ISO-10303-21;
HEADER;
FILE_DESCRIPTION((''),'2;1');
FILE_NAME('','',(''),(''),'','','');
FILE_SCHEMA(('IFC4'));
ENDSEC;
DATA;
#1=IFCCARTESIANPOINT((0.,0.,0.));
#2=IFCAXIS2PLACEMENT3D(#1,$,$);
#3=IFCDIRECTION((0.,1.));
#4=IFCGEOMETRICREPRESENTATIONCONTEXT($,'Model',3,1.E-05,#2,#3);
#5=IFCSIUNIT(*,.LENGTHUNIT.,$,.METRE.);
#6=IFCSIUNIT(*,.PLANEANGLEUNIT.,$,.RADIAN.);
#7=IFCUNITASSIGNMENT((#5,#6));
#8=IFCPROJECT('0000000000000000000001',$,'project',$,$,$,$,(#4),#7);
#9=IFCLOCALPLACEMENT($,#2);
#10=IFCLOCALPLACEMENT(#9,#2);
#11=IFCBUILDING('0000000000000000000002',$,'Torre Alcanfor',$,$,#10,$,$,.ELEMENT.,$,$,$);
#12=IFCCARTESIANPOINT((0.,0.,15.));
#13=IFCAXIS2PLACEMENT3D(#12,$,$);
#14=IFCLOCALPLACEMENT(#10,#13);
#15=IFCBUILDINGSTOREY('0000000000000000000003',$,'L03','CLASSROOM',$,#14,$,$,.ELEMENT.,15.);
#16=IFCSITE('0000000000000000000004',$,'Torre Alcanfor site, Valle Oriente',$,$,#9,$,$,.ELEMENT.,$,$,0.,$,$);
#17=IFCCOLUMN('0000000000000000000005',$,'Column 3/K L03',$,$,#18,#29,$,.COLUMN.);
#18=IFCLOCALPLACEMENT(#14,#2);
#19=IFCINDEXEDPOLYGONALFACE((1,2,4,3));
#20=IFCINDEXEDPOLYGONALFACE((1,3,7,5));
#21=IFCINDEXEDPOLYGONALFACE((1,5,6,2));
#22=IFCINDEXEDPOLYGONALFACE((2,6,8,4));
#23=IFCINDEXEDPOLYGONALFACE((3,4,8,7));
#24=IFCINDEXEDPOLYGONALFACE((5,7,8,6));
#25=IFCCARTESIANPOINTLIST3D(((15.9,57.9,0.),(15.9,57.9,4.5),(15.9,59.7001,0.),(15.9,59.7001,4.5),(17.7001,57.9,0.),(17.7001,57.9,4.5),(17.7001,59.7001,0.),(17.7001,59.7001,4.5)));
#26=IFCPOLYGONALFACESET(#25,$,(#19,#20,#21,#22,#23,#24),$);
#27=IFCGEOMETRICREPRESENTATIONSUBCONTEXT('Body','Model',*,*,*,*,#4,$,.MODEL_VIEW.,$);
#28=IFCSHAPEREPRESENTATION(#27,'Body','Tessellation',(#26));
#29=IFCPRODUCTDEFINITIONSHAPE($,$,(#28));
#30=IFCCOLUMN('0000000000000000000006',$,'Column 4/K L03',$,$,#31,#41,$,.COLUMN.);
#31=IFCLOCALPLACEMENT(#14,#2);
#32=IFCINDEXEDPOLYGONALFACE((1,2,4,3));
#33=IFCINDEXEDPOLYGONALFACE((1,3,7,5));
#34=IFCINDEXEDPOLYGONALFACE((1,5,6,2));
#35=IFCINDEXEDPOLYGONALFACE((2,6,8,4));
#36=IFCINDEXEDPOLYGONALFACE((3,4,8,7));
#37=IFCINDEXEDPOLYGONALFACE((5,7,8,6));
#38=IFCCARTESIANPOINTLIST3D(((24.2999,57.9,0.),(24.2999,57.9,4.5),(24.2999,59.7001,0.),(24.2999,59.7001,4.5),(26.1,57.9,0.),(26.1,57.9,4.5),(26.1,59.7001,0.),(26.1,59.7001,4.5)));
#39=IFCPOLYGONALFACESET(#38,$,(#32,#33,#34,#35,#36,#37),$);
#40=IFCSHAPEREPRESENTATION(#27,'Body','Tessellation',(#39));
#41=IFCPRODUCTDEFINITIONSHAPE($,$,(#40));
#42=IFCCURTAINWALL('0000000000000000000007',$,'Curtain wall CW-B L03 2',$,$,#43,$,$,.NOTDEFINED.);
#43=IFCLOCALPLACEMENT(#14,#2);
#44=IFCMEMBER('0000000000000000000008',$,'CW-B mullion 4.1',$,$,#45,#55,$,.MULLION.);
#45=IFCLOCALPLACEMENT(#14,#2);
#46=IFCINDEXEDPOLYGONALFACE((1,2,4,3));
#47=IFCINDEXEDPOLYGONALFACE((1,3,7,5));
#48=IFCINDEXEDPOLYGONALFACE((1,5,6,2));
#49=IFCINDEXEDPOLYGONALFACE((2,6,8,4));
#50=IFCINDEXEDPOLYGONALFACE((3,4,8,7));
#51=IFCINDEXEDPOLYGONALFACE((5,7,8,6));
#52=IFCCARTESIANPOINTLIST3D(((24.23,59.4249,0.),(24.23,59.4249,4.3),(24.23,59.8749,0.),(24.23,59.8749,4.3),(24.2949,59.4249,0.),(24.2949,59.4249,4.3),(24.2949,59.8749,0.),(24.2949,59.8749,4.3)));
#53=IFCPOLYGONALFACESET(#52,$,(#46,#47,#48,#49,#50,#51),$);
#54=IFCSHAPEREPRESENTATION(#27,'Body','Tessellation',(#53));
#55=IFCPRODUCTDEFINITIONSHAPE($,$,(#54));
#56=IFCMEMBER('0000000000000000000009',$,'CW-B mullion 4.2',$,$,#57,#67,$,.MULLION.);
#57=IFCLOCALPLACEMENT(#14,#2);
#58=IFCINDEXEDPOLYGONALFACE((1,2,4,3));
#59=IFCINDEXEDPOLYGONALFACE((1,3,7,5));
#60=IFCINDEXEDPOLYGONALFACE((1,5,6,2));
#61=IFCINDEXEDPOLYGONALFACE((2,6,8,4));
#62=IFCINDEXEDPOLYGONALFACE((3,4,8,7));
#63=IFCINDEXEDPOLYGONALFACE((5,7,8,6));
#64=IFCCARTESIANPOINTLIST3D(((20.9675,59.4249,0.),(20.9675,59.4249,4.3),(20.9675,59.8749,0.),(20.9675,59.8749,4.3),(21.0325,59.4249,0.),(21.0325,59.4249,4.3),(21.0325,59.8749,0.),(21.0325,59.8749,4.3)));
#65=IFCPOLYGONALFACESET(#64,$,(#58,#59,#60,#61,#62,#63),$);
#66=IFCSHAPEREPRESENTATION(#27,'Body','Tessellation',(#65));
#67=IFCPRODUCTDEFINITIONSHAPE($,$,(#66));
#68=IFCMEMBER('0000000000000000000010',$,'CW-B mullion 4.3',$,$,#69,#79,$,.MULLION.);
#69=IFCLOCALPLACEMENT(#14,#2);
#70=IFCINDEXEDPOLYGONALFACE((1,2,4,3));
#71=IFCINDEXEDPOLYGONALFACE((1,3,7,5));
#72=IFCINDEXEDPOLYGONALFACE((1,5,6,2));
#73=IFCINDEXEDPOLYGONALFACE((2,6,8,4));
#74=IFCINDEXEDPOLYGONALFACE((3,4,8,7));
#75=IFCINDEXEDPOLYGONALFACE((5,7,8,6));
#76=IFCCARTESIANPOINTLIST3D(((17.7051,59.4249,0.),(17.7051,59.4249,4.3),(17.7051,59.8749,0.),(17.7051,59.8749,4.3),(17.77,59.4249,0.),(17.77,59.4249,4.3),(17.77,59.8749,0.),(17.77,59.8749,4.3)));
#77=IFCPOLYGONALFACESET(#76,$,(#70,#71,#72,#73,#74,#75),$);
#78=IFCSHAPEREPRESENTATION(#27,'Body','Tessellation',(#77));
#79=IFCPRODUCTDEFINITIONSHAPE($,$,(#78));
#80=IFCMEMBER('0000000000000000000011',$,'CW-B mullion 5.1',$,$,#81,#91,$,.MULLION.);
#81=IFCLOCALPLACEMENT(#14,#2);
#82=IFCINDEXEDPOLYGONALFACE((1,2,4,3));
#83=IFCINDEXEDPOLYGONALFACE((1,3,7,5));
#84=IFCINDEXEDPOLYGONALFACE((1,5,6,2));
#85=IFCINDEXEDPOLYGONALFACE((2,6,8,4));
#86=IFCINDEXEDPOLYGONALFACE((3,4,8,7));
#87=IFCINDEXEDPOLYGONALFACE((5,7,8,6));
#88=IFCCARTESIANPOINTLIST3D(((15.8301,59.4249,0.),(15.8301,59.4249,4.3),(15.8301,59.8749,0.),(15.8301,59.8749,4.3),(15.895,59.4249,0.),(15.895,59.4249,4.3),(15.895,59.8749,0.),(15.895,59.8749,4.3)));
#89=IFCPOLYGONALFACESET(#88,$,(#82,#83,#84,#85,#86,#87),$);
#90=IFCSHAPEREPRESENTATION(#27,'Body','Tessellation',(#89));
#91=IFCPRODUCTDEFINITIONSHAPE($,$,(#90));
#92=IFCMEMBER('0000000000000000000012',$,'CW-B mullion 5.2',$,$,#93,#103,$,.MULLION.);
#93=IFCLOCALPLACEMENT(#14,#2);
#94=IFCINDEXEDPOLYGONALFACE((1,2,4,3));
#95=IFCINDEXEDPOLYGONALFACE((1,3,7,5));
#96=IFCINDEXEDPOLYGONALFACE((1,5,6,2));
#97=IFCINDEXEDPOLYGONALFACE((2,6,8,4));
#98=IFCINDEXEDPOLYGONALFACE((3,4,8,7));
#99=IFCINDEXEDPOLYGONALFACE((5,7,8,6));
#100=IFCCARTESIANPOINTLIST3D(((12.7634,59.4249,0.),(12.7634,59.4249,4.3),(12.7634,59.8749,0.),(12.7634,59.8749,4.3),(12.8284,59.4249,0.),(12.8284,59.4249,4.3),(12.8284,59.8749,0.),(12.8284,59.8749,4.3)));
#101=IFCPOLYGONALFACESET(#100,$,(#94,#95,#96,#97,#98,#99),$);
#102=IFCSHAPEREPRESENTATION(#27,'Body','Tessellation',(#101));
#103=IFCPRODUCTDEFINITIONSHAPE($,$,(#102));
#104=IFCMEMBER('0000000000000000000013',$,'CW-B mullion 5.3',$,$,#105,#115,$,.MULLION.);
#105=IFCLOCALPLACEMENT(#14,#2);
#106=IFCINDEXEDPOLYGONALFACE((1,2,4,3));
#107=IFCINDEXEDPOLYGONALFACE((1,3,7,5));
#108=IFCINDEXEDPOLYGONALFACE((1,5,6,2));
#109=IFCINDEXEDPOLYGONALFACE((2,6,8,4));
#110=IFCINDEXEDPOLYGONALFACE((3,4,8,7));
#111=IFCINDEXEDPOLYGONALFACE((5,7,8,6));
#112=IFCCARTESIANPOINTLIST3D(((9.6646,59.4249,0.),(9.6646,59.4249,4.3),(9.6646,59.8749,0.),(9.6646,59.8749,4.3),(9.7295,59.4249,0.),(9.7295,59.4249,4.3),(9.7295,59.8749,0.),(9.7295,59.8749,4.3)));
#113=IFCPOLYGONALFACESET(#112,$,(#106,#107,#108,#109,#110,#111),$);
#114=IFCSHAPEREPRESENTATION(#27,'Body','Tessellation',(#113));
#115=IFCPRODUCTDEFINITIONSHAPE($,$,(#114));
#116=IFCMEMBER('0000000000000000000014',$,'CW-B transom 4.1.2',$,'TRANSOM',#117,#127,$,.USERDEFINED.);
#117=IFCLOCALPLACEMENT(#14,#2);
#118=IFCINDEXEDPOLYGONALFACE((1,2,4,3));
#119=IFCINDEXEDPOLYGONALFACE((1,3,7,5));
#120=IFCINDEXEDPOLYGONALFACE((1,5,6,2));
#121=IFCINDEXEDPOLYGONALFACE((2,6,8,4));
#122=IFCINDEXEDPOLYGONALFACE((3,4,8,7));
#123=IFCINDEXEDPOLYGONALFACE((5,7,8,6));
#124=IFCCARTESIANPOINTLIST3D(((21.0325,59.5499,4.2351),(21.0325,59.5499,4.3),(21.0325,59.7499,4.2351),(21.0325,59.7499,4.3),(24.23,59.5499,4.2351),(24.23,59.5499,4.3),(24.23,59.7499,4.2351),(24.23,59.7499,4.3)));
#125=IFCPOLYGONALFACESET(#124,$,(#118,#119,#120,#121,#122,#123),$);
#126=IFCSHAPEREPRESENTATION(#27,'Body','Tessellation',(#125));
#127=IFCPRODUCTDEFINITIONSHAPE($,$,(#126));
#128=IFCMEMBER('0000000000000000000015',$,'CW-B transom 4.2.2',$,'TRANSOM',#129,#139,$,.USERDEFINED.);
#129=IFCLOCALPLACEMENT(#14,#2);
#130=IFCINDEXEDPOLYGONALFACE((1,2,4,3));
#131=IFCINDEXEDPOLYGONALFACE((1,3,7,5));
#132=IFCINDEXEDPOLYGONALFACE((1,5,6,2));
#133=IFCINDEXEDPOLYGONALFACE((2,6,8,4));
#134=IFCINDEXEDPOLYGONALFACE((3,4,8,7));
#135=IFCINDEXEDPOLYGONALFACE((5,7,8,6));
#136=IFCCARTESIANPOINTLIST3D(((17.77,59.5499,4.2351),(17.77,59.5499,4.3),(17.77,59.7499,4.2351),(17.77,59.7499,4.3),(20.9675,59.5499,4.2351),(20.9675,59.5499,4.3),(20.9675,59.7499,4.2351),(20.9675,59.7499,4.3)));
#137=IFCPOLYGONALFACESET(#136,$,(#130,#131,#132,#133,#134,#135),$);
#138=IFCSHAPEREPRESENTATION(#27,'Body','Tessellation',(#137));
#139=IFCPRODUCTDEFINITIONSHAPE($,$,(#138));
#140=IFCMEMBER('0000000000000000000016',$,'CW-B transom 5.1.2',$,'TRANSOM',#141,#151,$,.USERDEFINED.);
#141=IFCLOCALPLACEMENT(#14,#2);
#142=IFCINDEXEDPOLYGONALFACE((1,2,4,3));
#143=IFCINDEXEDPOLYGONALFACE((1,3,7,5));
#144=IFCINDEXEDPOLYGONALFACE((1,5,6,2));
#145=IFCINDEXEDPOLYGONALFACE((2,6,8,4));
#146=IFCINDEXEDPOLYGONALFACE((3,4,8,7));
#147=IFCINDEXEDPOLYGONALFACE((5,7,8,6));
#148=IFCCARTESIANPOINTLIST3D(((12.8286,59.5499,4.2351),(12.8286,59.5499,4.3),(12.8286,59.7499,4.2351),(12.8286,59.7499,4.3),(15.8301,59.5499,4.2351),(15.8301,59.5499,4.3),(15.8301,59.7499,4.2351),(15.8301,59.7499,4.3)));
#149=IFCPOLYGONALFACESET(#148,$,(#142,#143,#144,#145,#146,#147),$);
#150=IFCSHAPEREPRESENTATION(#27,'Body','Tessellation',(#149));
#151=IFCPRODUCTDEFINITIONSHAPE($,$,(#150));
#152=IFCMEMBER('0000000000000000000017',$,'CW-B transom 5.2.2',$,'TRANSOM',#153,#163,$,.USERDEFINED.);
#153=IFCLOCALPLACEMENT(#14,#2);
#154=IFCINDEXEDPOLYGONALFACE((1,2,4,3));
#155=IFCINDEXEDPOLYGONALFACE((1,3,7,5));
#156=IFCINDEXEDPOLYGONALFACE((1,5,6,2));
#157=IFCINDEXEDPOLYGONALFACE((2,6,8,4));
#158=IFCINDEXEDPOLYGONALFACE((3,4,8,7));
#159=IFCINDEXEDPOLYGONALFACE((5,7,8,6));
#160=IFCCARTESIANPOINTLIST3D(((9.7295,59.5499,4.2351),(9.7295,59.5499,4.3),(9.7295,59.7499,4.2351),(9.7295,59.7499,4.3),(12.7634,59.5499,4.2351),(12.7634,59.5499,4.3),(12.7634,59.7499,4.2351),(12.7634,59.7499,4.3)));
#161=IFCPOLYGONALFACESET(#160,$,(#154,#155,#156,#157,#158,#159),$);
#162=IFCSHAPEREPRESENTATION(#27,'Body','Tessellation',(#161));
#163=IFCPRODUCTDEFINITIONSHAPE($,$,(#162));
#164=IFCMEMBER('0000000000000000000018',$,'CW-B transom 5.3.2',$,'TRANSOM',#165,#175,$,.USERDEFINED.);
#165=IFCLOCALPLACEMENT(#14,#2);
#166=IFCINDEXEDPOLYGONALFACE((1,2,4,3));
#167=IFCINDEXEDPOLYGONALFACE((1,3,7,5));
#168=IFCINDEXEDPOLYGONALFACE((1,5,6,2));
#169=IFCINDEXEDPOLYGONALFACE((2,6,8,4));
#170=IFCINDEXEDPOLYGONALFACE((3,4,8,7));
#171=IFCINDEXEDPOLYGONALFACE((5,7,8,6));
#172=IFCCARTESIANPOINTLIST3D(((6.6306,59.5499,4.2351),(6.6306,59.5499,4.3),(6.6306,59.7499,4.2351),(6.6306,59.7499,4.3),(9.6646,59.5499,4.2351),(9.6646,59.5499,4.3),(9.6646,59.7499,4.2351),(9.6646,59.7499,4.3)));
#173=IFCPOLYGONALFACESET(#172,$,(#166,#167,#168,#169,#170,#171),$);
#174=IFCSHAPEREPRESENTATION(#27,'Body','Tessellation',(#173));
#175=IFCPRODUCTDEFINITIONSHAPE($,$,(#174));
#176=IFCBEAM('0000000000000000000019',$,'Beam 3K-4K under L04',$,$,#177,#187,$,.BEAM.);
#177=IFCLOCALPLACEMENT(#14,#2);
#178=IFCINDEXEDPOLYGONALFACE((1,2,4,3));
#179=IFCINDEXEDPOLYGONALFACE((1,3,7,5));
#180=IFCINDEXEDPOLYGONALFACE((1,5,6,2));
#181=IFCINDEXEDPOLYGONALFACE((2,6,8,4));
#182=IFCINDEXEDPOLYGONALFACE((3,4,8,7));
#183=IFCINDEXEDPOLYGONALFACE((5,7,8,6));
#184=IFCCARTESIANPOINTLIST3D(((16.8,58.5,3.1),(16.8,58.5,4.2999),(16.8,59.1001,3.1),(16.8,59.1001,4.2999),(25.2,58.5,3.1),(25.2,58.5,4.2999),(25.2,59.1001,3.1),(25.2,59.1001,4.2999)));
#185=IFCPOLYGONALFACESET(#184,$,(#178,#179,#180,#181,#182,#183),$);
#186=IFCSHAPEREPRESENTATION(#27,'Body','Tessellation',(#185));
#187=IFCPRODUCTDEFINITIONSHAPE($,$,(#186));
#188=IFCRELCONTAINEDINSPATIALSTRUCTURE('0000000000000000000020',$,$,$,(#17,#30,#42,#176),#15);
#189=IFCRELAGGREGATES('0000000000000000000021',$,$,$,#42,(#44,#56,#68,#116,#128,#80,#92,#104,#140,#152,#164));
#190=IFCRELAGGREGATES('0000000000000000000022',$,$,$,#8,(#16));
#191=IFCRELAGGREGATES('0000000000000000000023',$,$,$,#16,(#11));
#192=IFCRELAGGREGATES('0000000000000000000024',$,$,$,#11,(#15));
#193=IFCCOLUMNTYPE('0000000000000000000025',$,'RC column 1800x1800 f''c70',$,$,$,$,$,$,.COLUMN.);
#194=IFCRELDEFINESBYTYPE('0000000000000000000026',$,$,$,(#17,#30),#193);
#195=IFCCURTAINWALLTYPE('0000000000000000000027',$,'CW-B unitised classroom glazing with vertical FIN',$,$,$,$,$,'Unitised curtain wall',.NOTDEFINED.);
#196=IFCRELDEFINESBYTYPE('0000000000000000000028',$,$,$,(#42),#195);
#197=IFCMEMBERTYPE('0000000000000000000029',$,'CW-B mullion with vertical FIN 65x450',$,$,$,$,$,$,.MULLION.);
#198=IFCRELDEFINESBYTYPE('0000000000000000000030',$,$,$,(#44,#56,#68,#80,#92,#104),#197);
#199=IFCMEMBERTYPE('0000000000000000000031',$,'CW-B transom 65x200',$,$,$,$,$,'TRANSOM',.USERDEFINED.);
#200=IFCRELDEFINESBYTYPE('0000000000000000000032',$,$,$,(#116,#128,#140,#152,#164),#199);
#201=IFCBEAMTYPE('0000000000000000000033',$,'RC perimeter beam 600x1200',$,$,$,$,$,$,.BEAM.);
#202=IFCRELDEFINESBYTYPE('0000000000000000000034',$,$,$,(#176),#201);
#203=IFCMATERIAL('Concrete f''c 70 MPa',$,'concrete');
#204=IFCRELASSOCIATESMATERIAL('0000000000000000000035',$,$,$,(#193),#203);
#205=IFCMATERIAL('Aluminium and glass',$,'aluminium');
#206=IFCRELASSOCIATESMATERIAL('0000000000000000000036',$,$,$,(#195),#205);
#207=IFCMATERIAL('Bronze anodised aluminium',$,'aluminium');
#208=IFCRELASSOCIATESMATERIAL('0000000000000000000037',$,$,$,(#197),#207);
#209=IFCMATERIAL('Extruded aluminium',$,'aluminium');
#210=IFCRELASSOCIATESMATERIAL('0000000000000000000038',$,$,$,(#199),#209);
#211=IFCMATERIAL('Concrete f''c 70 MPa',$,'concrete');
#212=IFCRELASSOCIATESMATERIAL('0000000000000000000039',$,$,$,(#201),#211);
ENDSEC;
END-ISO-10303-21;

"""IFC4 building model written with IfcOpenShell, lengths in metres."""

from ifc_helpers import new_model, si_unit, direction, frame, origin, origin_2d, place, context, subcontext, project, spatial, rectangle, extrude, material, material_profile, profile_set, type_object, element, aggregate, save


model = new_model("IFC4")

# Units and contexts
model_context = context("Model", 3, precision=1e-05, world=origin(), true_north=direction((0.0, 1.0)))
body_context = subcontext(model_context, "Body", "Model", "MODEL_VIEW")
ifc_project = project(units=[si_unit("LENGTHUNIT", "METRE"), si_unit("PLANEANGLEUNIT", "RADIAN")], contexts=[model_context])

# Site, building, storey
site_placement = place(None, origin())
site = spatial("IfcSite", under=ifc_project, at=site_placement, Name="Torre Alcanfor site, Valle Oriente", CompositionType="ELEMENT", RefElevation=0.0)
building_placement = place(site_placement, origin())
building = spatial("IfcBuilding", under=site, at=building_placement, Name="Torre Alcanfor", CompositionType="ELEMENT")
storey_placement = place(building_placement, frame((0.0, 0.0, 15.0)))
storey = spatial("IfcBuildingStorey", under=building, at=storey_placement, Name="L03", Description="CLASSROOM", CompositionType="ELEMENT", Elevation=15.0)

# Columns
ifc_material_1 = material(Name="Concrete f'c 70 MPa", Category="concrete")
ifc_material_profile_1 = material_profile(ifc_material_1, rectangle(XDim=1.8, YDim=1.8, at=origin_2d()), Name="1800x1800")
ifc_profile_set_1 = profile_set([ifc_material_profile_1], Name="Concrete f'c 70 MPa")
column_type = type_object("IfcColumnType", Name="RC column 1800x1800 f'c70", PredefinedType="COLUMN", material=ifc_profile_set_1)
for number, where, z_axis, x_axis, name in (
    (1, (16.8, 58.8, 0.0), (0.0, 0.0, 1.0), (1.0, 0.0, 0.0), "Column 3/K L03"),
    (2, (25.2, 58.8, 0.0), (0.0, 0.0, 1.0), (1.0, 0.0, 0.0), "Column 4/K L03"),
):
    element("IfcColumn", number, at=place(storey_placement, frame(where, z_axis=z_axis, x_axis=x_axis)), inside=storey, type_object=column_type, Name=name, PredefinedType="COLUMN", context=body_context, shape_type="SweptSolid", body=[
        extrude(rectangle(XDim=1.8, YDim=1.8, at=origin_2d()), origin(), (0.0, 0.0, 1.0), 4.5),
    ])

# Curtain wall, members
ifc_material_2 = material(Name="Aluminium and glass", Category="aluminium")
curtain_wall_type = type_object("IfcCurtainWallType", Name="CW-B unitised classroom glazing with vertical FIN", ElementType="Unitised curtain wall", PredefinedType="NOTDEFINED", material=ifc_material_2)
curtain_wall_placement = place(storey_placement, origin())
curtain_wall = element("IfcCurtainWall", 3, at=curtain_wall_placement, inside=storey, type_object=curtain_wall_type, Name="Curtain wall CW-B L03 2", PredefinedType="NOTDEFINED")
ifc_material_3 = material(Name="Bronze anodised aluminium", Category="aluminium")
ifc_material_profile_2 = material_profile(ifc_material_3, rectangle(XDim=0.45, YDim=0.0649, at=origin_2d()), Name="CW-B mullion 65x450")
ifc_profile_set_2 = profile_set([ifc_material_profile_2], Name="Bronze anodised aluminium")
member_type_1 = type_object("IfcMemberType", Name="CW-B mullion with vertical FIN 65x450", PredefinedType="MULLION", material=ifc_profile_set_2)
member_1_placement = place(storey_placement, frame((24.2625, 59.6499, 0.0), z_axis=(0.0, 0.0, 1.0), x_axis=(0.0, -1.0, 0.0)))
member_1 = element("IfcMember", 4, at=member_1_placement, type_object=member_type_1, Name="CW-B mullion 4.1", PredefinedType="MULLION", context=body_context, shape_type="SweptSolid", body=[
    extrude(rectangle(XDim=0.45, YDim=0.0649, at=origin_2d()), origin(), (0.0, 0.0, 1.0), 4.3),
])
member_2_placement = place(storey_placement, frame((21.0, 59.6499, 0.0), z_axis=(0.0, 0.0, 1.0), x_axis=(0.0, -1.0, 0.0)))
member_2 = element("IfcMember", 5, at=member_2_placement, type_object=member_type_1, Name="CW-B mullion 4.2", PredefinedType="MULLION", context=body_context, shape_type="SweptSolid", body=[
    extrude(rectangle(XDim=0.45, YDim=0.0649, at=origin_2d()), origin(), (0.0, 0.0, 1.0), 4.3),
])
member_3_placement = place(storey_placement, frame((17.7375, 59.6499, 0.0), z_axis=(0.0, 0.0, 1.0), x_axis=(0.0, -1.0, 0.0)))
member_3 = element("IfcMember", 6, at=member_3_placement, type_object=member_type_1, Name="CW-B mullion 4.3", PredefinedType="MULLION", context=body_context, shape_type="SweptSolid", body=[
    extrude(rectangle(XDim=0.45, YDim=0.0649, at=origin_2d()), origin(), (0.0, 0.0, 1.0), 4.3),
])
member_4_placement = place(storey_placement, frame((15.8625, 59.6499, 0.0), z_axis=(0.0, 0.0, 1.0), x_axis=(0.0, -1.0, 0.0)))
member_4 = element("IfcMember", 7, at=member_4_placement, type_object=member_type_1, Name="CW-B mullion 5.1", PredefinedType="MULLION", context=body_context, shape_type="SweptSolid", body=[
    extrude(rectangle(XDim=0.45, YDim=0.0649, at=origin_2d()), origin(), (0.0, 0.0, 1.0), 4.3),
])
member_5_placement = place(storey_placement, frame((12.7959, 59.6499, 0.0), z_axis=(0.0, 0.0, 1.0), x_axis=(0.0, -1.0, 0.0)))
member_5 = element("IfcMember", 8, at=member_5_placement, type_object=member_type_1, Name="CW-B mullion 5.2", PredefinedType="MULLION", context=body_context, shape_type="SweptSolid", body=[
    extrude(rectangle(XDim=0.45, YDim=0.0649, at=origin_2d()), origin(), (0.0, 0.0, 1.0), 4.3),
])
member_6_placement = place(storey_placement, frame((9.697, 59.6499, 0.0), z_axis=(0.0, 0.0, 1.0), x_axis=(0.0, -1.0, 0.0)))
member_6 = element("IfcMember", 9, at=member_6_placement, type_object=member_type_1, Name="CW-B mullion 5.3", PredefinedType="MULLION", context=body_context, shape_type="SweptSolid", body=[
    extrude(rectangle(XDim=0.45, YDim=0.0649, at=origin_2d()), origin(), (0.0, 0.0, 1.0), 4.3),
])
ifc_material_4 = material(Name="Extruded aluminium", Category="aluminium")
ifc_material_profile_3 = material_profile(ifc_material_4, rectangle(XDim=0.2, YDim=0.0649, at=origin_2d()), Name="CW-B transom 200x65")
ifc_profile_set_3 = profile_set([ifc_material_profile_3], Name="Extruded aluminium")
member_type_2 = type_object("IfcMemberType", Name="CW-B transom 65x200", ElementType="TRANSOM", PredefinedType="USERDEFINED", material=ifc_profile_set_3)
member_7_placement = place(storey_placement, frame((24.23, 59.6499, 4.2676), z_axis=(-1.0, 0.0, 0.0), x_axis=(0.0, -1.0, 0.0)))
member_7 = element("IfcMember", 10, at=member_7_placement, type_object=member_type_2, Name="CW-B transom 4.1.2", ObjectType="TRANSOM", PredefinedType="USERDEFINED", context=body_context, shape_type="SweptSolid", body=[
    extrude(rectangle(XDim=0.2, YDim=0.0649, at=origin_2d()), origin(), (0.0, 0.0, 1.0), 3.1975),
])
member_8_placement = place(storey_placement, frame((20.9675, 59.6499, 4.2676), z_axis=(-1.0, 0.0, 0.0), x_axis=(0.0, -1.0, 0.0)))
member_8 = element("IfcMember", 11, at=member_8_placement, type_object=member_type_2, Name="CW-B transom 4.2.2", ObjectType="TRANSOM", PredefinedType="USERDEFINED", context=body_context, shape_type="SweptSolid", body=[
    extrude(rectangle(XDim=0.2, YDim=0.0649, at=origin_2d()), origin(), (0.0, 0.0, 1.0), 3.1975),
])
member_9_placement = place(storey_placement, frame((15.8301, 59.6499, 4.2676), z_axis=(-1.0, 0.0, 0.0), x_axis=(0.0, -1.0, 0.0)))
member_9 = element("IfcMember", 12, at=member_9_placement, type_object=member_type_2, Name="CW-B transom 5.1.2", ObjectType="TRANSOM", PredefinedType="USERDEFINED", context=body_context, shape_type="SweptSolid", body=[
    extrude(rectangle(XDim=0.2, YDim=0.0649, at=origin_2d()), origin(), (0.0, 0.0, 1.0), 3.0015),
])
member_10_placement = place(storey_placement, frame((12.7634, 59.6499, 4.2676), z_axis=(-1.0, 0.0, 0.0), x_axis=(0.0, -1.0, 0.0)))
member_10 = element("IfcMember", 13, at=member_10_placement, type_object=member_type_2, Name="CW-B transom 5.2.2", ObjectType="TRANSOM", PredefinedType="USERDEFINED", context=body_context, shape_type="SweptSolid", body=[
    extrude(rectangle(XDim=0.2, YDim=0.0649, at=origin_2d()), origin(), (0.0, 0.0, 1.0), 3.0339),
])
member_11_placement = place(storey_placement, frame((9.6646, 59.6499, 4.2676), z_axis=(-1.0, 0.0, 0.0), x_axis=(0.0, -1.0, 0.0)))
member_11 = element("IfcMember", 14, at=member_11_placement, type_object=member_type_2, Name="CW-B transom 5.3.2", ObjectType="TRANSOM", PredefinedType="USERDEFINED", context=body_context, shape_type="SweptSolid", body=[
    extrude(rectangle(XDim=0.2, YDim=0.0649, at=origin_2d()), origin(), (0.0, 0.0, 1.0), 3.0339),
])

# Beam
ifc_material_5 = material(Name="Concrete f'c 70 MPa", Category="concrete")
ifc_material_profile_4 = material_profile(ifc_material_5, rectangle(XDim=0.6001, YDim=1.2, at=origin_2d()), Name="600x1200")
ifc_profile_set_4 = profile_set([ifc_material_profile_4], Name="Concrete f'c 70 MPa")
beam_type = type_object("IfcBeamType", Name="RC perimeter beam 600x1200", PredefinedType="BEAM", material=ifc_profile_set_4)
beam_1_placement = place(storey_placement, frame((16.8, 58.8, 3.7), z_axis=(1.0, 0.0, 0.0), x_axis=(0.0, 1.0, 0.0)))
element("IfcBeam", 15, at=beam_1_placement, inside=storey, type_object=beam_type, Name="Beam 3K-4K under L04", PredefinedType="BEAM", context=body_context, shape_type="SweptSolid", body=[
    extrude(rectangle(XDim=0.6001, YDim=1.2, at=origin_2d()), origin(), (0.0, 0.0, 1.0), 8.3999),
])

aggregate(curtain_wall, [member_1, member_2, member_3, member_7, member_8, member_4, member_5, member_6, member_9, member_10, member_11])

save(model, "model.ifc")
